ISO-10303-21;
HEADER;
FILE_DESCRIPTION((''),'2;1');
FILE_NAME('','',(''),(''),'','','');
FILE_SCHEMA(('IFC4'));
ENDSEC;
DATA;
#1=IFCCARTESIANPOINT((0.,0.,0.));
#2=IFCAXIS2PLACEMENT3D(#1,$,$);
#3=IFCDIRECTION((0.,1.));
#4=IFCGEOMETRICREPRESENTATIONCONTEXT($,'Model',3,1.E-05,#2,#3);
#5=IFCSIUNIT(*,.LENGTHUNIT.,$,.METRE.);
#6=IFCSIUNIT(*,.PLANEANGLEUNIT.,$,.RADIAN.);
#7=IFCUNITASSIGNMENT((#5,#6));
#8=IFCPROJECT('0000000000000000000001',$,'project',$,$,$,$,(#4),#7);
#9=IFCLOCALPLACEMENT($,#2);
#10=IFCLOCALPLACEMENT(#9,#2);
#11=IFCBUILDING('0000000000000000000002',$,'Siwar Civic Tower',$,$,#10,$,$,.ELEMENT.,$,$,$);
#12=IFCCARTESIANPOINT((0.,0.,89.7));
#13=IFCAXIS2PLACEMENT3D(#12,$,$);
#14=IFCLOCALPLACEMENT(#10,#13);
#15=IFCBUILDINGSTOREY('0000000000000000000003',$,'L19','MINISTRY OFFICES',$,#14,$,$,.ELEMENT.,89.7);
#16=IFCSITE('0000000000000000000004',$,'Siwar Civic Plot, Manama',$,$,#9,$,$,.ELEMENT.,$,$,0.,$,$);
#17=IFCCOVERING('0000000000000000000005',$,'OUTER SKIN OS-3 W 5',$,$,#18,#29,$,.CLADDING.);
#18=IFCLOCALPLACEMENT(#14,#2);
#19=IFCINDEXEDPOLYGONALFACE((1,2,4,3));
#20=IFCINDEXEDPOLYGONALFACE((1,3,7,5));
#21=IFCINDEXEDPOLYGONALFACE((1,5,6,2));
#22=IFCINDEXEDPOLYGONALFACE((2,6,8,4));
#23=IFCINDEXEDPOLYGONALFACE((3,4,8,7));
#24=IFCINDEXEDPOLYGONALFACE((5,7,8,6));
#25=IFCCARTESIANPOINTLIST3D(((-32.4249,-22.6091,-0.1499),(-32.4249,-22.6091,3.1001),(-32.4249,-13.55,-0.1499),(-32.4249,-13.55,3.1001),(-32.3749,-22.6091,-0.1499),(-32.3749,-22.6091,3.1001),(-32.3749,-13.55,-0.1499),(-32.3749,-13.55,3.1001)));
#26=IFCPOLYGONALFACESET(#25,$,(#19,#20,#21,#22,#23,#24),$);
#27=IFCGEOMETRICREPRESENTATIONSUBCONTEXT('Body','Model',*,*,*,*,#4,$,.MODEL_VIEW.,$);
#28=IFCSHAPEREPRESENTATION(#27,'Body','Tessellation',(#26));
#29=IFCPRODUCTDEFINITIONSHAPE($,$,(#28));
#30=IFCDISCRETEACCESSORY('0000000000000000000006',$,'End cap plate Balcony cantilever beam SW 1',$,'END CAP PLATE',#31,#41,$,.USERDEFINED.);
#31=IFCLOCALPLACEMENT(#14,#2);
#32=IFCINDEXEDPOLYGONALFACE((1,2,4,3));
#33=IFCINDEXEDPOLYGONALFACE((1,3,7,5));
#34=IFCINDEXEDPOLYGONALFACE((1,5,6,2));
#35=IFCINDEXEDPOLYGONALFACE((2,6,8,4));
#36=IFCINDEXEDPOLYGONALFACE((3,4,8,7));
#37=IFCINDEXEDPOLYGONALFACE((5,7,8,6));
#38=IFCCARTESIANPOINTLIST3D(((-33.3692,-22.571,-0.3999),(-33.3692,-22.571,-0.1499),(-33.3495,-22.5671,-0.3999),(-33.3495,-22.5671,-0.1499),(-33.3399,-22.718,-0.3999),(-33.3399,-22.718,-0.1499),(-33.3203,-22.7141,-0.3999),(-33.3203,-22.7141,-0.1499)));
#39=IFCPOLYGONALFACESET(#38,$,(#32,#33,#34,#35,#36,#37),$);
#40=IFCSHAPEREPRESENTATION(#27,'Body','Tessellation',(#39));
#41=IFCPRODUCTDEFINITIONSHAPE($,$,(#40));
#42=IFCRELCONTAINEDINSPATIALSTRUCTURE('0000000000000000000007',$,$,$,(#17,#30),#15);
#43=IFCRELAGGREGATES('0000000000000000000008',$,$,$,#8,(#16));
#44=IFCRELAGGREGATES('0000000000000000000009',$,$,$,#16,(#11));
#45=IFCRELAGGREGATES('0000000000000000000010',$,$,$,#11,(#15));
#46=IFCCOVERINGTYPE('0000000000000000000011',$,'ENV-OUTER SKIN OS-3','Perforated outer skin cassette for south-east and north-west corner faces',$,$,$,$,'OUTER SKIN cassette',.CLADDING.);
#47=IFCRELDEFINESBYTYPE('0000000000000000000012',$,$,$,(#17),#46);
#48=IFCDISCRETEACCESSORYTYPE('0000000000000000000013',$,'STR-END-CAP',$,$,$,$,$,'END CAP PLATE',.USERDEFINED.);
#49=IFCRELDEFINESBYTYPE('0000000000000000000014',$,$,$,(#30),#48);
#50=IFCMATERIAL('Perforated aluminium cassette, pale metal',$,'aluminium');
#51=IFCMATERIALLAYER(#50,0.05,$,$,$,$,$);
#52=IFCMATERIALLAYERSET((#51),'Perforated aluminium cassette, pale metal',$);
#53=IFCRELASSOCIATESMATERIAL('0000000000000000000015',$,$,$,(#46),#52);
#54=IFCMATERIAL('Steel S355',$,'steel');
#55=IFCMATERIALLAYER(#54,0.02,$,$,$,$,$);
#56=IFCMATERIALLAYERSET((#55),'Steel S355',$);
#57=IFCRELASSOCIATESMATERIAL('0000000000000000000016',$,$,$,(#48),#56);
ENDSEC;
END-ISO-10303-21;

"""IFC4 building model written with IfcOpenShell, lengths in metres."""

from ifc_helpers import new_model, si_unit, direction, frame, origin, origin_2d, place, context, subcontext, project, spatial, rectangle, extrude, material, layer, layer_set, type_object, element, save


model = new_model("IFC4")

# Units and contexts
model_context = context("Model", 3, precision=1e-05, world=origin(), true_north=direction((0.0, 1.0)))
body_context = subcontext(model_context, "Body", "Model", "MODEL_VIEW")
ifc_project = project(units=[si_unit("LENGTHUNIT", "METRE"), si_unit("PLANEANGLEUNIT", "RADIAN")], contexts=[model_context])

# Site, building, storey
site_placement = place(None, origin())
site = spatial("IfcSite", under=ifc_project, at=site_placement, Name="Siwar Civic Plot, Manama", CompositionType="ELEMENT", RefElevation=0.0)
building_placement = place(site_placement, origin())
building = spatial("IfcBuilding", under=site, at=building_placement, Name="Siwar Civic Tower", CompositionType="ELEMENT")
storey_placement = place(building_placement, frame((0.0, 0.0, 89.7)))
storey = spatial("IfcBuildingStorey", under=building, at=storey_placement, Name="L19", Description="MINISTRY OFFICES", CompositionType="ELEMENT", Elevation=89.7)

# Covering
ifc_material_1 = material(Name="Perforated aluminium cassette, pale metal", Category="aluminium")
ifc_layer_1 = layer(ifc_material_1, 0.05)
ifc_layer_set_1 = layer_set([ifc_layer_1], Name="Perforated aluminium cassette, pale metal")
covering_type = type_object("IfcCoveringType", Name="ENV-OUTER SKIN OS-3", Description="Perforated outer skin cassette for south-east and north-west corner faces", ElementType="OUTER SKIN cassette", PredefinedType="CLADDING", material=ifc_layer_set_1)
covering_placement = place(storey_placement, frame((-32.3999, -18.0796, -0.1499), z_axis=(0.0, 0.0, 1.0), x_axis=(0.0, -1.0, 0.0)))
element("IfcCovering", 1, at=covering_placement, inside=storey, type_object=covering_type, Name="OUTER SKIN OS-3 W 5", PredefinedType="CLADDING", context=body_context, shape_type="SweptSolid", body=[
    extrude(rectangle(XDim=9.0591, YDim=0.05, at=origin_2d()), origin(), (0.0, 0.0, 1.0), 3.25),
])

# Discrete accessory
ifc_material_2 = material(Name="Steel S355", Category="steel")
ifc_layer_2 = layer(ifc_material_2, 0.02)
ifc_layer_set_2 = layer_set([ifc_layer_2], Name="Steel S355")
discrete_accessory_type = type_object("IfcDiscreteAccessoryType", Name="STR-END-CAP", ElementType="END CAP PLATE", PredefinedType="USERDEFINED", material=ifc_layer_set_2)
discrete_accessory_placement = place(storey_placement, frame((-33.3447, -22.6426, -0.3999), z_axis=(0.0, 0.0, 1.0), x_axis=(-0.980785, -0.19509, 0.0)))
element("IfcDiscreteAccessory", 2, at=discrete_accessory_placement, inside=storey, type_object=discrete_accessory_type, Name="End cap plate Balcony cantilever beam SW 1", ObjectType="END CAP PLATE", PredefinedType="USERDEFINED", context=body_context, shape_type="SweptSolid", body=[
    extrude(rectangle(XDim=0.02, YDim=0.1499, at=origin_2d()), origin(), (0.0, 0.0, 1.0), 0.25),
])

save(model, "model.ifc")
